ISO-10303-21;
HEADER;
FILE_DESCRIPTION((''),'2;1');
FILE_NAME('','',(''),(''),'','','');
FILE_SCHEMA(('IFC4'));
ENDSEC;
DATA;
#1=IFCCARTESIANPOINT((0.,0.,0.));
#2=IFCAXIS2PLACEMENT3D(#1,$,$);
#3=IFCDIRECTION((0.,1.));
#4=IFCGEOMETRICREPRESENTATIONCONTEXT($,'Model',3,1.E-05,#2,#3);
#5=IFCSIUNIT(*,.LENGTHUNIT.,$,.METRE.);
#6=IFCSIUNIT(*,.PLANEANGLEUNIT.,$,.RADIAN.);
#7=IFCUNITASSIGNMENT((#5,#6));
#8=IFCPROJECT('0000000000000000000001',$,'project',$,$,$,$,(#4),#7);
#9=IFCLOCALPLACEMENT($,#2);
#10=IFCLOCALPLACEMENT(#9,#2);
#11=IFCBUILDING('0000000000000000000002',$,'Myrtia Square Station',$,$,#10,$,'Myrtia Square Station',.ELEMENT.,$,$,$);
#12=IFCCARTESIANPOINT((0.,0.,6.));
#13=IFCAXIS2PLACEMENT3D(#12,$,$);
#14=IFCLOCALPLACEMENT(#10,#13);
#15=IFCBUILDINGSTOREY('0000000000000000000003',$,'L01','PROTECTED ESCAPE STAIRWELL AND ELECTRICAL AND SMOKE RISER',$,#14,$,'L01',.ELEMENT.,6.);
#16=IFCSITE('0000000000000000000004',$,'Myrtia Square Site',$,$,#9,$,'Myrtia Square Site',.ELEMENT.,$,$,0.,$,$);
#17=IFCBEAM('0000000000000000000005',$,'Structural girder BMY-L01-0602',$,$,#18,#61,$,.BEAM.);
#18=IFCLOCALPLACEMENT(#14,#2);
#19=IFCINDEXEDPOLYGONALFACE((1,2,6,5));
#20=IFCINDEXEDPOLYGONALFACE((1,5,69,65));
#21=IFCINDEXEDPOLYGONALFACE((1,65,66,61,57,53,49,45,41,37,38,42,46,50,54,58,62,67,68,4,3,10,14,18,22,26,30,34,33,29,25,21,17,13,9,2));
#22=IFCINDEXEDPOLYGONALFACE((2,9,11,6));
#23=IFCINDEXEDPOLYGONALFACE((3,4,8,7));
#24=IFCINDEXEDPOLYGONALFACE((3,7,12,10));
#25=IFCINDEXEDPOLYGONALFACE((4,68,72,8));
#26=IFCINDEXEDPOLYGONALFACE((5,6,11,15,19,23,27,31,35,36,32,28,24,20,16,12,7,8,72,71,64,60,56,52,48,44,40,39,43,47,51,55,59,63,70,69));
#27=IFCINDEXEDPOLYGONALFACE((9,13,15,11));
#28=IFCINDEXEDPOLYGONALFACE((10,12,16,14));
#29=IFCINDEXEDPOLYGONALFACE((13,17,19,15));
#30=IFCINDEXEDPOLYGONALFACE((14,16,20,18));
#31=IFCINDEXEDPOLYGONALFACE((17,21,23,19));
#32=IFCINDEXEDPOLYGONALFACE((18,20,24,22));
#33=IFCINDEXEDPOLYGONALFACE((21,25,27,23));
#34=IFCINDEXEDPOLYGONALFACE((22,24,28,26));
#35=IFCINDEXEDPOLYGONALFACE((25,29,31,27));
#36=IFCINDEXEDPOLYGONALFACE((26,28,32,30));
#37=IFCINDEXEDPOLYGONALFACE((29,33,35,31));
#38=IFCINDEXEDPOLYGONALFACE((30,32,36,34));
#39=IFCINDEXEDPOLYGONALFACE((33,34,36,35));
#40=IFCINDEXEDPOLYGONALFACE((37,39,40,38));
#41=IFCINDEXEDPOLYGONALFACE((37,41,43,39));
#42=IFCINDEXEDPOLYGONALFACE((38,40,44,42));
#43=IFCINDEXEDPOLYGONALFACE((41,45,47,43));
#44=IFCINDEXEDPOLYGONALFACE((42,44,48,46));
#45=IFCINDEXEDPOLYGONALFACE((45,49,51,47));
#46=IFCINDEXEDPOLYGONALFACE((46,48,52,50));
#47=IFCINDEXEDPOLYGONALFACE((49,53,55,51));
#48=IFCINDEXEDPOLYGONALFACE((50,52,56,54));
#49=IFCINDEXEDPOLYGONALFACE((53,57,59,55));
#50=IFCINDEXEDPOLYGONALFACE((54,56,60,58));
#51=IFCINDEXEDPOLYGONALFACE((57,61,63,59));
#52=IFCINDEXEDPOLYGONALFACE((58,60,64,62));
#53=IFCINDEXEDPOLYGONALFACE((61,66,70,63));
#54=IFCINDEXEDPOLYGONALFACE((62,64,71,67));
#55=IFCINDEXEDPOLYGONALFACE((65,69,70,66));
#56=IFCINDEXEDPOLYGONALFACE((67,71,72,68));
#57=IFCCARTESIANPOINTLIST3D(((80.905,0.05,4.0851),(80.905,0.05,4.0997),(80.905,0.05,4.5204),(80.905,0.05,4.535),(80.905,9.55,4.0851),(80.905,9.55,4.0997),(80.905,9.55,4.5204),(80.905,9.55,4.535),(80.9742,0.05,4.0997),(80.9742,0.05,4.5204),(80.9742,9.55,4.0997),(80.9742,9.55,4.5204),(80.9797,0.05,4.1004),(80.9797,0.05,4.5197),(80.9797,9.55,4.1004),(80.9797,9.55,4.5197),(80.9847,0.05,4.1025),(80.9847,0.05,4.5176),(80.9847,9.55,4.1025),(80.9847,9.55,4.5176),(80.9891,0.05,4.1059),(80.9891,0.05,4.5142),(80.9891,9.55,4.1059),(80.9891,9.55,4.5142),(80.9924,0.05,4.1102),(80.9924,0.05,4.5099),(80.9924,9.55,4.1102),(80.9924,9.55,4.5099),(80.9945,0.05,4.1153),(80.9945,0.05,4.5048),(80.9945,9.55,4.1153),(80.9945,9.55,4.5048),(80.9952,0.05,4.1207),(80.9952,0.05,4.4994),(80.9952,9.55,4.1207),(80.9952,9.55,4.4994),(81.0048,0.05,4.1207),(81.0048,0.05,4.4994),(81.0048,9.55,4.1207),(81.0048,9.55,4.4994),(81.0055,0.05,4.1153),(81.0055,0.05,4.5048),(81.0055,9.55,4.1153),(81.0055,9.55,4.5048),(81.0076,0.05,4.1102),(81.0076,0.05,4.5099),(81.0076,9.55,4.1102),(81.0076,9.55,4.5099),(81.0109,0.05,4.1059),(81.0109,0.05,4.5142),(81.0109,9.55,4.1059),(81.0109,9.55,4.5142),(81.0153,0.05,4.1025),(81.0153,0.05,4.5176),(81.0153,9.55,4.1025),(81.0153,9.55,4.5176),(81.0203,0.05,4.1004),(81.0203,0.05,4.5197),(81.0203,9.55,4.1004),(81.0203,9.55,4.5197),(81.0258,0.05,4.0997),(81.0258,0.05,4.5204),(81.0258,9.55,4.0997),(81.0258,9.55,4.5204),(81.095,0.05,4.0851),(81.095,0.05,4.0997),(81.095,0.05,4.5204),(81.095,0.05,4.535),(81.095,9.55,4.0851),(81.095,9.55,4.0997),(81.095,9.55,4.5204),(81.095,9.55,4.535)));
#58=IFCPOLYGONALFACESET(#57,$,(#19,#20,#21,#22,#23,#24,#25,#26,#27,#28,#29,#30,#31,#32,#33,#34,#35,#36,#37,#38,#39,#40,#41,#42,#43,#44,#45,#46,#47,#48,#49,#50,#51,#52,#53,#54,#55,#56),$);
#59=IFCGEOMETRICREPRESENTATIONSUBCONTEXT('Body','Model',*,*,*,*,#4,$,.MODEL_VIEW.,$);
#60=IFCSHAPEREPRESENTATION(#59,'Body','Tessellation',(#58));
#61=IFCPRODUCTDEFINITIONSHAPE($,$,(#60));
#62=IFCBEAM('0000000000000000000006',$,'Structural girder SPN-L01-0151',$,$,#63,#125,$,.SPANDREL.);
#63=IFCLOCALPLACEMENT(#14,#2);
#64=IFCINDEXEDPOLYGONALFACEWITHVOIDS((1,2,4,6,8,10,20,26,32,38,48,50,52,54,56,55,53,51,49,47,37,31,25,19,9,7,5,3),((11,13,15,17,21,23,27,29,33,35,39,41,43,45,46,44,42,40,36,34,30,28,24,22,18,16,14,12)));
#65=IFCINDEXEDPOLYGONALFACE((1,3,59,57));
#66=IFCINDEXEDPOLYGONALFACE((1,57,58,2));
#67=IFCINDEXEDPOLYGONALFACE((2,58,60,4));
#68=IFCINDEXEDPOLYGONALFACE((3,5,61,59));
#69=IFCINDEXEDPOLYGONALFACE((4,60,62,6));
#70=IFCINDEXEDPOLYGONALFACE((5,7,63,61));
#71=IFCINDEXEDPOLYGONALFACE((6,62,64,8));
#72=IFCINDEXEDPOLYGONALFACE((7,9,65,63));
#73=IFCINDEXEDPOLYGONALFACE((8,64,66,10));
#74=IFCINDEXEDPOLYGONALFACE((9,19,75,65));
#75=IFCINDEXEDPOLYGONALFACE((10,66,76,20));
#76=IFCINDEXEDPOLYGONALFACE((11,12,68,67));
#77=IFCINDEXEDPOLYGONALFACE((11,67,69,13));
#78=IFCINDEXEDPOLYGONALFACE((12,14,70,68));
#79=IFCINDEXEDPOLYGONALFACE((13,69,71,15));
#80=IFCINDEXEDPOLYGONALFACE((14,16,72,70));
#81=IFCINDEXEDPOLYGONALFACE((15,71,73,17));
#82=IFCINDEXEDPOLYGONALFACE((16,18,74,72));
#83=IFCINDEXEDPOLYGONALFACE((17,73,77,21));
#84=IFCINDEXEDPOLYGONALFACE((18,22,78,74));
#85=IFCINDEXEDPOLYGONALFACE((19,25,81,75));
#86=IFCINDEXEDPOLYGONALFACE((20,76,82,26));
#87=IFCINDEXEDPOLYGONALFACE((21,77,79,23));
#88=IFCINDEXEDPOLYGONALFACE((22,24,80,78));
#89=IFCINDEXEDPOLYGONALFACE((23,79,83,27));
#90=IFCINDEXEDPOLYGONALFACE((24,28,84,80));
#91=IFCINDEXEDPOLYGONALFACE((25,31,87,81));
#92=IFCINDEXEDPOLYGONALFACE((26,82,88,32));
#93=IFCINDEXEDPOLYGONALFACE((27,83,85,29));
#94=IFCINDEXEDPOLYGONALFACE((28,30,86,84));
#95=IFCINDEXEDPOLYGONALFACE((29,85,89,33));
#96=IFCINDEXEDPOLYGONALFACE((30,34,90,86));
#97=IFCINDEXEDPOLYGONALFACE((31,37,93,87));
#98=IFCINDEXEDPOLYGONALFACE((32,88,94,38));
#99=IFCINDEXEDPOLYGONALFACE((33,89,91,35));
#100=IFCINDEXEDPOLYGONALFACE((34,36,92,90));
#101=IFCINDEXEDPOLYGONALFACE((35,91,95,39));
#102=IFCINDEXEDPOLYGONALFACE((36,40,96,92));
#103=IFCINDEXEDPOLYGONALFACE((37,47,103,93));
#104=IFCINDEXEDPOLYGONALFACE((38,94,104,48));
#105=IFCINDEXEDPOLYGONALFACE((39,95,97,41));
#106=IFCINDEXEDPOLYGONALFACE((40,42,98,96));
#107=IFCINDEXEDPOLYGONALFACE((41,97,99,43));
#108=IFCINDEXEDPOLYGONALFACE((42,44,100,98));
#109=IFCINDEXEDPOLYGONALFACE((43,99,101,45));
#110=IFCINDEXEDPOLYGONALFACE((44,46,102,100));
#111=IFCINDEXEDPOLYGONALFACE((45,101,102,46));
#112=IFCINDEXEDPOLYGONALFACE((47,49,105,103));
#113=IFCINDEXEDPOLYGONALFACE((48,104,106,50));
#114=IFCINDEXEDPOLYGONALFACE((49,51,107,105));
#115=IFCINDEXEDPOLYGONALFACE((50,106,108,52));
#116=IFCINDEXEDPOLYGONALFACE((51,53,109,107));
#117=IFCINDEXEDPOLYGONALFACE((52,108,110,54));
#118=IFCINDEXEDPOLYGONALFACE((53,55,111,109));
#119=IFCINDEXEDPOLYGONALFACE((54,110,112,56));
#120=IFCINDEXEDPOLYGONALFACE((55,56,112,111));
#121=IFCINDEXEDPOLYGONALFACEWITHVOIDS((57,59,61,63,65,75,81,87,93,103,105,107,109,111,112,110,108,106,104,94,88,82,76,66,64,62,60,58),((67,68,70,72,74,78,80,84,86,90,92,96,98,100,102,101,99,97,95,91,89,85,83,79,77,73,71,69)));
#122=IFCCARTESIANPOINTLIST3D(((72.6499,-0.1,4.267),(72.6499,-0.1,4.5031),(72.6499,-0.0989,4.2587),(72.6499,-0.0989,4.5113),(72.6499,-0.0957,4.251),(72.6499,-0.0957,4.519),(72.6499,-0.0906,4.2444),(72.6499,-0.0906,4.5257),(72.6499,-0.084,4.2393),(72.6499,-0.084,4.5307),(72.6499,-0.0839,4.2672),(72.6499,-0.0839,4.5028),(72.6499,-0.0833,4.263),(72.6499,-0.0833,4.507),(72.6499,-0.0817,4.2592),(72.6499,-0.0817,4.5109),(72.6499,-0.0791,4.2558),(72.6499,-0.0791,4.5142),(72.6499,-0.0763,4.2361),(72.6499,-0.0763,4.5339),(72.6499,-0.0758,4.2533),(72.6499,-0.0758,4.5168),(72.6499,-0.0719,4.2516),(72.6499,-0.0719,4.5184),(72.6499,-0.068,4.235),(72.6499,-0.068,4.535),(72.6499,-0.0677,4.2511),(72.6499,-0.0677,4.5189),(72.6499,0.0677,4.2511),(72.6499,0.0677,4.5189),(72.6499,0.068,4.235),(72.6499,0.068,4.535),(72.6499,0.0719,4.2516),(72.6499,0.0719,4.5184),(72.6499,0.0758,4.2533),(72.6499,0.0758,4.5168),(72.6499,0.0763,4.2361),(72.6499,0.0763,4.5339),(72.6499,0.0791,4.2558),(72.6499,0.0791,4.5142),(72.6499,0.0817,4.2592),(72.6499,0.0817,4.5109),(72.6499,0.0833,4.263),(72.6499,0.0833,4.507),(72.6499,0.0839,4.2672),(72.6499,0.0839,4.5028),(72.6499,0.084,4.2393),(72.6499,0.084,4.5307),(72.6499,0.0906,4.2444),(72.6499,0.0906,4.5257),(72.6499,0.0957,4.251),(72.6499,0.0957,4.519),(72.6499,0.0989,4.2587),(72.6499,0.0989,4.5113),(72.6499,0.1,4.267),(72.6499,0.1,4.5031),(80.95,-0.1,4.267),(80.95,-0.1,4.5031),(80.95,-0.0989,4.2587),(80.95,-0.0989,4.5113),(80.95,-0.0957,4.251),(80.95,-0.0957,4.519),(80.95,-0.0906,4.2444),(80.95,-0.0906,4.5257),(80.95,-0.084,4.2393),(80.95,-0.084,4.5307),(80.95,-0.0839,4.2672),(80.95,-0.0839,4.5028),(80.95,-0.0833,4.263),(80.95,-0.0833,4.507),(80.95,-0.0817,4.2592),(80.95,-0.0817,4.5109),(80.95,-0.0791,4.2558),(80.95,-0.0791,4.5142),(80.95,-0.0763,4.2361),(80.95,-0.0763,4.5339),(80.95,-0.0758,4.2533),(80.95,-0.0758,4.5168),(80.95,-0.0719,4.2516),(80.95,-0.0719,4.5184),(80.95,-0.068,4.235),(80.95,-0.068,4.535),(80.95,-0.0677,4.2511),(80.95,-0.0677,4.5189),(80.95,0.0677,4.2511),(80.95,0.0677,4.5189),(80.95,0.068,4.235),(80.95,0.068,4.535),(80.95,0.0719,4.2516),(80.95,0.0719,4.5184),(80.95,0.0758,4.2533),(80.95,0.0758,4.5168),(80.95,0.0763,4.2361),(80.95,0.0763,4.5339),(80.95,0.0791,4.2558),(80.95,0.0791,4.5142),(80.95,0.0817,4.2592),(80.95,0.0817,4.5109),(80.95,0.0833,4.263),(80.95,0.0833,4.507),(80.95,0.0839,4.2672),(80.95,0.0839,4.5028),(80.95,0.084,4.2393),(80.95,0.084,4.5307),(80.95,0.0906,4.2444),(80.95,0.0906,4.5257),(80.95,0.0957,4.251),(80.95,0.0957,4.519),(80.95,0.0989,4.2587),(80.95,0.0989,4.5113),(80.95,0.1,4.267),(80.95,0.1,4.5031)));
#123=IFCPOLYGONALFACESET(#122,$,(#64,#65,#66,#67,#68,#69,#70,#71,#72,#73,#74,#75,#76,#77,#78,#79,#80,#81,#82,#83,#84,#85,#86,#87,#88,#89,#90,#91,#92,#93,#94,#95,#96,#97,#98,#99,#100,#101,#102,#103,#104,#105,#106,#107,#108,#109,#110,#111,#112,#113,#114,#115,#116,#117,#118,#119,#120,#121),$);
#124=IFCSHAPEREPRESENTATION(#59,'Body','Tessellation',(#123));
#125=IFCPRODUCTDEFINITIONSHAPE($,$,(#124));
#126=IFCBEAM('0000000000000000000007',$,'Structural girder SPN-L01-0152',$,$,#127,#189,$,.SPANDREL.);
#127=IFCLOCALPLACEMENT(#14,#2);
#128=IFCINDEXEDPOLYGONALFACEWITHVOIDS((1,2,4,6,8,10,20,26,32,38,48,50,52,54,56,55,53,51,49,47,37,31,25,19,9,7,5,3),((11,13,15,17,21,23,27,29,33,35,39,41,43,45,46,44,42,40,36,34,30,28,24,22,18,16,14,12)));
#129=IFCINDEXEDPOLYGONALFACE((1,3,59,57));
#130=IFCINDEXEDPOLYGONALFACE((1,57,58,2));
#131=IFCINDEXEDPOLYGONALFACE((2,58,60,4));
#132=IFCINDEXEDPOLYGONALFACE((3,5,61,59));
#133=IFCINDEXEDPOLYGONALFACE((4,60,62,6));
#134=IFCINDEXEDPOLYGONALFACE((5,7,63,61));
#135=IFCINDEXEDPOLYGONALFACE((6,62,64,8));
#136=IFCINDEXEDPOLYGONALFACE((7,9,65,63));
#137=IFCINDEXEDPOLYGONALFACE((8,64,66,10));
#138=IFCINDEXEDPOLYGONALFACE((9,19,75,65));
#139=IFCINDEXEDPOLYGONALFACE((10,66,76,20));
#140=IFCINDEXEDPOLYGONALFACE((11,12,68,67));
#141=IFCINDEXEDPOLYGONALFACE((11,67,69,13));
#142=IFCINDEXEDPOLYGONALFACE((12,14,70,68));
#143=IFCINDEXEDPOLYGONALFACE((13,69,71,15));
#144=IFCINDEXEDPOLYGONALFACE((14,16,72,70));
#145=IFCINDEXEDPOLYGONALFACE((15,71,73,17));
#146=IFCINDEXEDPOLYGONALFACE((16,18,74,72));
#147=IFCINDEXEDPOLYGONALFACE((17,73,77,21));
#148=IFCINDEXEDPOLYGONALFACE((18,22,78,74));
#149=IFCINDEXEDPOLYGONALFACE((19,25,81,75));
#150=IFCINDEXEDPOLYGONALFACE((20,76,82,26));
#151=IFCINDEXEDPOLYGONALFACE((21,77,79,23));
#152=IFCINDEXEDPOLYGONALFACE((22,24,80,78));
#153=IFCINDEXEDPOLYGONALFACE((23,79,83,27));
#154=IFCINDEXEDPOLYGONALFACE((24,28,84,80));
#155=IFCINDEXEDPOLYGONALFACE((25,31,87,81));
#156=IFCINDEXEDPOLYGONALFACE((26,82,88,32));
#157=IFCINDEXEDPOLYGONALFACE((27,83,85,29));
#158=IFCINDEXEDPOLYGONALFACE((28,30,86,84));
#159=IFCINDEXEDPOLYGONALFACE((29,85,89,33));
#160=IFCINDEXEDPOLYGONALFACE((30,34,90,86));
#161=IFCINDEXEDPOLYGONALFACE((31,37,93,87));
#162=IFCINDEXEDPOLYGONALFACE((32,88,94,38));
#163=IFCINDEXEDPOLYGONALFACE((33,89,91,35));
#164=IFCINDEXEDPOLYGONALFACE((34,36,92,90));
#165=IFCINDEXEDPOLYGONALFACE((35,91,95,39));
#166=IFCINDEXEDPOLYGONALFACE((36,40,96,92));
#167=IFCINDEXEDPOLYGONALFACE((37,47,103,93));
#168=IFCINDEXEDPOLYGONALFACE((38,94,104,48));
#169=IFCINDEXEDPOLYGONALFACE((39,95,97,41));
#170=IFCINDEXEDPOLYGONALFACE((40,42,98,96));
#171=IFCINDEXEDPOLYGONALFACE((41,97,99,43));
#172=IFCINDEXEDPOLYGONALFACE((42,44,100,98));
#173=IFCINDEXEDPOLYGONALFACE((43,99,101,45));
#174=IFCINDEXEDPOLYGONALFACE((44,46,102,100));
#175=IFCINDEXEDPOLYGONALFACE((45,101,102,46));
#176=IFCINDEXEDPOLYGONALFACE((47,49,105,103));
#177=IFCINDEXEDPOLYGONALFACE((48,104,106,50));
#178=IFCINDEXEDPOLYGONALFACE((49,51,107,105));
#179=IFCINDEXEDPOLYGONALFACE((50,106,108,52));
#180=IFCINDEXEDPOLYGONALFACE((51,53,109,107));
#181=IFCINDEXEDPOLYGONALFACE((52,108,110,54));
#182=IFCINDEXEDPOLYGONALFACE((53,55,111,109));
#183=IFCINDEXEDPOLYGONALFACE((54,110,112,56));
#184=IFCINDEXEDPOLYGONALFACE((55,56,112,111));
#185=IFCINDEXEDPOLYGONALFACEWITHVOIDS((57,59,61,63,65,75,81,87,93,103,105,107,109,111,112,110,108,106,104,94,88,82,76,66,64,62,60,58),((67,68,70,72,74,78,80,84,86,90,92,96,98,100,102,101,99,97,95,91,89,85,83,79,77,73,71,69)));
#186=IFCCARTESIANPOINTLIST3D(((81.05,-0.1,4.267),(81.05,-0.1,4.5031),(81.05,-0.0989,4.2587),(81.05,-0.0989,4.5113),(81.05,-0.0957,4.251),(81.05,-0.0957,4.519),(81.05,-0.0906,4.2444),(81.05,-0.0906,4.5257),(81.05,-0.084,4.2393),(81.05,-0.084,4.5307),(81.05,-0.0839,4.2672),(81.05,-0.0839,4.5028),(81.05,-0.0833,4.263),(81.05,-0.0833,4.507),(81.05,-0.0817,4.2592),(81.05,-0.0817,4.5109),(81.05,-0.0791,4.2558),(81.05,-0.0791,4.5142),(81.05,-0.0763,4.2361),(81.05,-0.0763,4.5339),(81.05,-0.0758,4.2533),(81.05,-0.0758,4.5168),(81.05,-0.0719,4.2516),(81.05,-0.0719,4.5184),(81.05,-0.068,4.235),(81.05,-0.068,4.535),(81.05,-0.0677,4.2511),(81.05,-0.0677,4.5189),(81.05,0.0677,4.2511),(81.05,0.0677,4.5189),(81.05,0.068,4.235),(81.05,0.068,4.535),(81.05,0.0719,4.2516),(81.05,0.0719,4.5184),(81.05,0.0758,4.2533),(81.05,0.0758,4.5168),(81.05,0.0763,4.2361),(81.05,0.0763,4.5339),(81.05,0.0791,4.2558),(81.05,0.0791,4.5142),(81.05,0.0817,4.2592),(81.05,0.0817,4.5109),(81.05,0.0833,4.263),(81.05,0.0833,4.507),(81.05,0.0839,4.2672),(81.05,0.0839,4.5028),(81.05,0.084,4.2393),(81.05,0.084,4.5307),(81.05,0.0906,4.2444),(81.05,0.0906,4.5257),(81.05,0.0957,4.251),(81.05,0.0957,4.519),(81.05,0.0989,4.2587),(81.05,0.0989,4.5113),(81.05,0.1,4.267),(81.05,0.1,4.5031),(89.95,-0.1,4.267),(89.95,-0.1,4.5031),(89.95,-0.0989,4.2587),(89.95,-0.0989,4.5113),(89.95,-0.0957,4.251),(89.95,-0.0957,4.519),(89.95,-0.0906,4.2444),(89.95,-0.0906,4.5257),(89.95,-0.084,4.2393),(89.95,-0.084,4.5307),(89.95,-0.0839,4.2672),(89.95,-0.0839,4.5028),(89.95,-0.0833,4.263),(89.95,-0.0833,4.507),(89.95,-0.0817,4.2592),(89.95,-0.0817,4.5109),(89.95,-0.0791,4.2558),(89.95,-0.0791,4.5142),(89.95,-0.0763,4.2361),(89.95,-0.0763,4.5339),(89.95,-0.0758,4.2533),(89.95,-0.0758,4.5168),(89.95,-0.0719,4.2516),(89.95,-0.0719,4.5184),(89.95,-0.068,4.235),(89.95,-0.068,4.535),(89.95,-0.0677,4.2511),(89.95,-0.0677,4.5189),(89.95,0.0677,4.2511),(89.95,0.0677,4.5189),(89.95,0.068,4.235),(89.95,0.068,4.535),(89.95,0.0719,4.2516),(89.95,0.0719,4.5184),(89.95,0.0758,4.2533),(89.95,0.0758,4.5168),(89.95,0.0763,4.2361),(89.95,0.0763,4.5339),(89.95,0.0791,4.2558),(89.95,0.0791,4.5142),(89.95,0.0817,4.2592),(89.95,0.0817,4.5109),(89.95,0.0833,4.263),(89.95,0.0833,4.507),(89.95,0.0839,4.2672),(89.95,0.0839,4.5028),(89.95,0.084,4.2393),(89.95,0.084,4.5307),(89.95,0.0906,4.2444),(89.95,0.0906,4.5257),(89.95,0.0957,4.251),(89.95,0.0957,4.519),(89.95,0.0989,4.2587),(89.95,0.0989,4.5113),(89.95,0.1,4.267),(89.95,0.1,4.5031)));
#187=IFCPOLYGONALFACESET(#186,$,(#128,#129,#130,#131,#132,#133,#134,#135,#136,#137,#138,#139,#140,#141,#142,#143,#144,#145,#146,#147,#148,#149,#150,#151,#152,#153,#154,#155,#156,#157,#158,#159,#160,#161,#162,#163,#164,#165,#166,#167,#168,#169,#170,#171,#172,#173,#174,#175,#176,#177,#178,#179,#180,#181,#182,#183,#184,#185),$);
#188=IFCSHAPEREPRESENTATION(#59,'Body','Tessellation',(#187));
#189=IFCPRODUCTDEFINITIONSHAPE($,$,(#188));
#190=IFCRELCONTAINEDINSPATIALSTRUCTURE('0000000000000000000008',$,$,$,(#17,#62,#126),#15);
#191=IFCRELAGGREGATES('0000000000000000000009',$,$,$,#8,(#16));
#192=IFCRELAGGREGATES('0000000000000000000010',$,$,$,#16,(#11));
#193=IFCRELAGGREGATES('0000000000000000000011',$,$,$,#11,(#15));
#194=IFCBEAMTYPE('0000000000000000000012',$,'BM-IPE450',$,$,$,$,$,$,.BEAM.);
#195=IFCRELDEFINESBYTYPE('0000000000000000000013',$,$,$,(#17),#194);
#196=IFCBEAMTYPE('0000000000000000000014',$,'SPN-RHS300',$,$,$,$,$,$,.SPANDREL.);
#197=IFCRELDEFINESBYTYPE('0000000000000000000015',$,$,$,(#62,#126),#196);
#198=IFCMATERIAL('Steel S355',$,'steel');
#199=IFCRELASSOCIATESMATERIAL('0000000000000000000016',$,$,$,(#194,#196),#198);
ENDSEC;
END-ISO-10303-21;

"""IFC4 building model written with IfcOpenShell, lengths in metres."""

from ifc_helpers import new_model, si_unit, direction, frame, origin, origin_2d, place, context, subcontext, project, spatial, hollow_rectangle, i_section, extrude, material, material_profile, profile_set, type_object, element, save


model = new_model("IFC4")

# Units and contexts
model_context = context("Model", 3, precision=1e-05, world=origin(), true_north=direction((0.0, 1.0)))
body_context = subcontext(model_context, "Body", "Model", "MODEL_VIEW")
ifc_project = project(units=[si_unit("LENGTHUNIT", "METRE"), si_unit("PLANEANGLEUNIT", "RADIAN")], contexts=[model_context])

# Site, building, storey
site_placement = place(None, origin())
site = spatial("IfcSite", under=ifc_project, at=site_placement, Name="Myrtia Square Site", LongName="Myrtia Square Site", CompositionType="ELEMENT", RefElevation=0.0)
building_placement = place(site_placement, origin())
building = spatial("IfcBuilding", under=site, at=building_placement, Name="Myrtia Square Station", LongName="Myrtia Square Station", CompositionType="ELEMENT")
storey_placement = place(building_placement, frame((0.0, 0.0, 6.0)))
storey = spatial("IfcBuildingStorey", under=building, at=storey_placement, Name="L01", Description="PROTECTED ESCAPE STAIRWELL AND ELECTRICAL AND SMOKE RISER", LongName="L01", CompositionType="ELEMENT", Elevation=6.0)

# Shared definitions
ifc_material_1 = material(Name="Steel S355", Category="steel")

# Beams
ifc_material_profile_1 = material_profile(ifc_material_1, i_section(OverallWidth=0.1899, OverallDepth=0.45, WebThickness=0.0095, FlangeThickness=0.0146, FilletRadius=0.021, at=origin_2d()), Name="IPE 450")
ifc_profile_set_1 = profile_set([ifc_material_profile_1], Name="Steel S355")
beam_type_1 = type_object("IfcBeamType", Name="BM-IPE450", PredefinedType="BEAM", material=ifc_profile_set_1)
beam_1_placement = place(storey_placement, frame((81.0, 0.05, 4.3101), z_axis=(0.0, 1.0, 0.0), x_axis=(-1.0, 0.0, 0.0)))
element("IfcBeam", 1, at=beam_1_placement, inside=storey, type_object=beam_type_1, Name="Structural girder BMY-L01-0602", PredefinedType="BEAM", context=body_context, shape_type="SweptSolid", body=[
    extrude(i_section(OverallWidth=0.1899, OverallDepth=0.45, WebThickness=0.0095, FlangeThickness=0.0146, FilletRadius=0.021, at=origin_2d()), origin(), (0.0, 0.0, 1.0), 9.5),
])
ifc_material_profile_2 = material_profile(ifc_material_1, hollow_rectangle(XDim=0.2, YDim=0.3, WallThickness=0.0161, InnerFilletRadius=0.0161, OuterFilletRadius=0.032, at=origin_2d()), Name="RHS 300x200x16")
ifc_profile_set_2 = profile_set([ifc_material_profile_2], Name="Steel S355")
beam_type_2 = type_object("IfcBeamType", Name="SPN-RHS300", PredefinedType="SPANDREL", material=ifc_profile_set_2)
beam_2_placement = place(storey_placement, frame((72.6499, 0.0, 4.385), z_axis=(1.0, 0.0, 0.0), x_axis=(0.0, 1.0, 0.0)))
element("IfcBeam", 2, at=beam_2_placement, inside=storey, type_object=beam_type_2, Name="Structural girder SPN-L01-0151", PredefinedType="SPANDREL", context=body_context, shape_type="SweptSolid", body=[
    extrude(hollow_rectangle(XDim=0.2, YDim=0.3, WallThickness=0.0161, InnerFilletRadius=0.0161, OuterFilletRadius=0.032, at=origin_2d()), origin(), (0.0, 0.0, 1.0), 8.3),
])
for number, where, z_axis, x_axis, name in (
    (3, (81.05, 0.0, 4.385), (1.0, 0.0, 0.0), (0.0, 1.0, 0.0), "Structural girder SPN-L01-0152"),
):
    element("IfcBeam", number, at=place(storey_placement, frame(where, z_axis=z_axis, x_axis=x_axis)), inside=storey, type_object=beam_type_2, Name=name, PredefinedType="SPANDREL", context=body_context, shape_type="SweptSolid", body=[
        extrude(hollow_rectangle(XDim=0.2, YDim=0.3, WallThickness=0.0161, InnerFilletRadius=0.0161, OuterFilletRadius=0.032, at=origin_2d()), origin(), (0.0, 0.0, 1.0), 8.8999),
    ])

save(model, "model.ifc")
